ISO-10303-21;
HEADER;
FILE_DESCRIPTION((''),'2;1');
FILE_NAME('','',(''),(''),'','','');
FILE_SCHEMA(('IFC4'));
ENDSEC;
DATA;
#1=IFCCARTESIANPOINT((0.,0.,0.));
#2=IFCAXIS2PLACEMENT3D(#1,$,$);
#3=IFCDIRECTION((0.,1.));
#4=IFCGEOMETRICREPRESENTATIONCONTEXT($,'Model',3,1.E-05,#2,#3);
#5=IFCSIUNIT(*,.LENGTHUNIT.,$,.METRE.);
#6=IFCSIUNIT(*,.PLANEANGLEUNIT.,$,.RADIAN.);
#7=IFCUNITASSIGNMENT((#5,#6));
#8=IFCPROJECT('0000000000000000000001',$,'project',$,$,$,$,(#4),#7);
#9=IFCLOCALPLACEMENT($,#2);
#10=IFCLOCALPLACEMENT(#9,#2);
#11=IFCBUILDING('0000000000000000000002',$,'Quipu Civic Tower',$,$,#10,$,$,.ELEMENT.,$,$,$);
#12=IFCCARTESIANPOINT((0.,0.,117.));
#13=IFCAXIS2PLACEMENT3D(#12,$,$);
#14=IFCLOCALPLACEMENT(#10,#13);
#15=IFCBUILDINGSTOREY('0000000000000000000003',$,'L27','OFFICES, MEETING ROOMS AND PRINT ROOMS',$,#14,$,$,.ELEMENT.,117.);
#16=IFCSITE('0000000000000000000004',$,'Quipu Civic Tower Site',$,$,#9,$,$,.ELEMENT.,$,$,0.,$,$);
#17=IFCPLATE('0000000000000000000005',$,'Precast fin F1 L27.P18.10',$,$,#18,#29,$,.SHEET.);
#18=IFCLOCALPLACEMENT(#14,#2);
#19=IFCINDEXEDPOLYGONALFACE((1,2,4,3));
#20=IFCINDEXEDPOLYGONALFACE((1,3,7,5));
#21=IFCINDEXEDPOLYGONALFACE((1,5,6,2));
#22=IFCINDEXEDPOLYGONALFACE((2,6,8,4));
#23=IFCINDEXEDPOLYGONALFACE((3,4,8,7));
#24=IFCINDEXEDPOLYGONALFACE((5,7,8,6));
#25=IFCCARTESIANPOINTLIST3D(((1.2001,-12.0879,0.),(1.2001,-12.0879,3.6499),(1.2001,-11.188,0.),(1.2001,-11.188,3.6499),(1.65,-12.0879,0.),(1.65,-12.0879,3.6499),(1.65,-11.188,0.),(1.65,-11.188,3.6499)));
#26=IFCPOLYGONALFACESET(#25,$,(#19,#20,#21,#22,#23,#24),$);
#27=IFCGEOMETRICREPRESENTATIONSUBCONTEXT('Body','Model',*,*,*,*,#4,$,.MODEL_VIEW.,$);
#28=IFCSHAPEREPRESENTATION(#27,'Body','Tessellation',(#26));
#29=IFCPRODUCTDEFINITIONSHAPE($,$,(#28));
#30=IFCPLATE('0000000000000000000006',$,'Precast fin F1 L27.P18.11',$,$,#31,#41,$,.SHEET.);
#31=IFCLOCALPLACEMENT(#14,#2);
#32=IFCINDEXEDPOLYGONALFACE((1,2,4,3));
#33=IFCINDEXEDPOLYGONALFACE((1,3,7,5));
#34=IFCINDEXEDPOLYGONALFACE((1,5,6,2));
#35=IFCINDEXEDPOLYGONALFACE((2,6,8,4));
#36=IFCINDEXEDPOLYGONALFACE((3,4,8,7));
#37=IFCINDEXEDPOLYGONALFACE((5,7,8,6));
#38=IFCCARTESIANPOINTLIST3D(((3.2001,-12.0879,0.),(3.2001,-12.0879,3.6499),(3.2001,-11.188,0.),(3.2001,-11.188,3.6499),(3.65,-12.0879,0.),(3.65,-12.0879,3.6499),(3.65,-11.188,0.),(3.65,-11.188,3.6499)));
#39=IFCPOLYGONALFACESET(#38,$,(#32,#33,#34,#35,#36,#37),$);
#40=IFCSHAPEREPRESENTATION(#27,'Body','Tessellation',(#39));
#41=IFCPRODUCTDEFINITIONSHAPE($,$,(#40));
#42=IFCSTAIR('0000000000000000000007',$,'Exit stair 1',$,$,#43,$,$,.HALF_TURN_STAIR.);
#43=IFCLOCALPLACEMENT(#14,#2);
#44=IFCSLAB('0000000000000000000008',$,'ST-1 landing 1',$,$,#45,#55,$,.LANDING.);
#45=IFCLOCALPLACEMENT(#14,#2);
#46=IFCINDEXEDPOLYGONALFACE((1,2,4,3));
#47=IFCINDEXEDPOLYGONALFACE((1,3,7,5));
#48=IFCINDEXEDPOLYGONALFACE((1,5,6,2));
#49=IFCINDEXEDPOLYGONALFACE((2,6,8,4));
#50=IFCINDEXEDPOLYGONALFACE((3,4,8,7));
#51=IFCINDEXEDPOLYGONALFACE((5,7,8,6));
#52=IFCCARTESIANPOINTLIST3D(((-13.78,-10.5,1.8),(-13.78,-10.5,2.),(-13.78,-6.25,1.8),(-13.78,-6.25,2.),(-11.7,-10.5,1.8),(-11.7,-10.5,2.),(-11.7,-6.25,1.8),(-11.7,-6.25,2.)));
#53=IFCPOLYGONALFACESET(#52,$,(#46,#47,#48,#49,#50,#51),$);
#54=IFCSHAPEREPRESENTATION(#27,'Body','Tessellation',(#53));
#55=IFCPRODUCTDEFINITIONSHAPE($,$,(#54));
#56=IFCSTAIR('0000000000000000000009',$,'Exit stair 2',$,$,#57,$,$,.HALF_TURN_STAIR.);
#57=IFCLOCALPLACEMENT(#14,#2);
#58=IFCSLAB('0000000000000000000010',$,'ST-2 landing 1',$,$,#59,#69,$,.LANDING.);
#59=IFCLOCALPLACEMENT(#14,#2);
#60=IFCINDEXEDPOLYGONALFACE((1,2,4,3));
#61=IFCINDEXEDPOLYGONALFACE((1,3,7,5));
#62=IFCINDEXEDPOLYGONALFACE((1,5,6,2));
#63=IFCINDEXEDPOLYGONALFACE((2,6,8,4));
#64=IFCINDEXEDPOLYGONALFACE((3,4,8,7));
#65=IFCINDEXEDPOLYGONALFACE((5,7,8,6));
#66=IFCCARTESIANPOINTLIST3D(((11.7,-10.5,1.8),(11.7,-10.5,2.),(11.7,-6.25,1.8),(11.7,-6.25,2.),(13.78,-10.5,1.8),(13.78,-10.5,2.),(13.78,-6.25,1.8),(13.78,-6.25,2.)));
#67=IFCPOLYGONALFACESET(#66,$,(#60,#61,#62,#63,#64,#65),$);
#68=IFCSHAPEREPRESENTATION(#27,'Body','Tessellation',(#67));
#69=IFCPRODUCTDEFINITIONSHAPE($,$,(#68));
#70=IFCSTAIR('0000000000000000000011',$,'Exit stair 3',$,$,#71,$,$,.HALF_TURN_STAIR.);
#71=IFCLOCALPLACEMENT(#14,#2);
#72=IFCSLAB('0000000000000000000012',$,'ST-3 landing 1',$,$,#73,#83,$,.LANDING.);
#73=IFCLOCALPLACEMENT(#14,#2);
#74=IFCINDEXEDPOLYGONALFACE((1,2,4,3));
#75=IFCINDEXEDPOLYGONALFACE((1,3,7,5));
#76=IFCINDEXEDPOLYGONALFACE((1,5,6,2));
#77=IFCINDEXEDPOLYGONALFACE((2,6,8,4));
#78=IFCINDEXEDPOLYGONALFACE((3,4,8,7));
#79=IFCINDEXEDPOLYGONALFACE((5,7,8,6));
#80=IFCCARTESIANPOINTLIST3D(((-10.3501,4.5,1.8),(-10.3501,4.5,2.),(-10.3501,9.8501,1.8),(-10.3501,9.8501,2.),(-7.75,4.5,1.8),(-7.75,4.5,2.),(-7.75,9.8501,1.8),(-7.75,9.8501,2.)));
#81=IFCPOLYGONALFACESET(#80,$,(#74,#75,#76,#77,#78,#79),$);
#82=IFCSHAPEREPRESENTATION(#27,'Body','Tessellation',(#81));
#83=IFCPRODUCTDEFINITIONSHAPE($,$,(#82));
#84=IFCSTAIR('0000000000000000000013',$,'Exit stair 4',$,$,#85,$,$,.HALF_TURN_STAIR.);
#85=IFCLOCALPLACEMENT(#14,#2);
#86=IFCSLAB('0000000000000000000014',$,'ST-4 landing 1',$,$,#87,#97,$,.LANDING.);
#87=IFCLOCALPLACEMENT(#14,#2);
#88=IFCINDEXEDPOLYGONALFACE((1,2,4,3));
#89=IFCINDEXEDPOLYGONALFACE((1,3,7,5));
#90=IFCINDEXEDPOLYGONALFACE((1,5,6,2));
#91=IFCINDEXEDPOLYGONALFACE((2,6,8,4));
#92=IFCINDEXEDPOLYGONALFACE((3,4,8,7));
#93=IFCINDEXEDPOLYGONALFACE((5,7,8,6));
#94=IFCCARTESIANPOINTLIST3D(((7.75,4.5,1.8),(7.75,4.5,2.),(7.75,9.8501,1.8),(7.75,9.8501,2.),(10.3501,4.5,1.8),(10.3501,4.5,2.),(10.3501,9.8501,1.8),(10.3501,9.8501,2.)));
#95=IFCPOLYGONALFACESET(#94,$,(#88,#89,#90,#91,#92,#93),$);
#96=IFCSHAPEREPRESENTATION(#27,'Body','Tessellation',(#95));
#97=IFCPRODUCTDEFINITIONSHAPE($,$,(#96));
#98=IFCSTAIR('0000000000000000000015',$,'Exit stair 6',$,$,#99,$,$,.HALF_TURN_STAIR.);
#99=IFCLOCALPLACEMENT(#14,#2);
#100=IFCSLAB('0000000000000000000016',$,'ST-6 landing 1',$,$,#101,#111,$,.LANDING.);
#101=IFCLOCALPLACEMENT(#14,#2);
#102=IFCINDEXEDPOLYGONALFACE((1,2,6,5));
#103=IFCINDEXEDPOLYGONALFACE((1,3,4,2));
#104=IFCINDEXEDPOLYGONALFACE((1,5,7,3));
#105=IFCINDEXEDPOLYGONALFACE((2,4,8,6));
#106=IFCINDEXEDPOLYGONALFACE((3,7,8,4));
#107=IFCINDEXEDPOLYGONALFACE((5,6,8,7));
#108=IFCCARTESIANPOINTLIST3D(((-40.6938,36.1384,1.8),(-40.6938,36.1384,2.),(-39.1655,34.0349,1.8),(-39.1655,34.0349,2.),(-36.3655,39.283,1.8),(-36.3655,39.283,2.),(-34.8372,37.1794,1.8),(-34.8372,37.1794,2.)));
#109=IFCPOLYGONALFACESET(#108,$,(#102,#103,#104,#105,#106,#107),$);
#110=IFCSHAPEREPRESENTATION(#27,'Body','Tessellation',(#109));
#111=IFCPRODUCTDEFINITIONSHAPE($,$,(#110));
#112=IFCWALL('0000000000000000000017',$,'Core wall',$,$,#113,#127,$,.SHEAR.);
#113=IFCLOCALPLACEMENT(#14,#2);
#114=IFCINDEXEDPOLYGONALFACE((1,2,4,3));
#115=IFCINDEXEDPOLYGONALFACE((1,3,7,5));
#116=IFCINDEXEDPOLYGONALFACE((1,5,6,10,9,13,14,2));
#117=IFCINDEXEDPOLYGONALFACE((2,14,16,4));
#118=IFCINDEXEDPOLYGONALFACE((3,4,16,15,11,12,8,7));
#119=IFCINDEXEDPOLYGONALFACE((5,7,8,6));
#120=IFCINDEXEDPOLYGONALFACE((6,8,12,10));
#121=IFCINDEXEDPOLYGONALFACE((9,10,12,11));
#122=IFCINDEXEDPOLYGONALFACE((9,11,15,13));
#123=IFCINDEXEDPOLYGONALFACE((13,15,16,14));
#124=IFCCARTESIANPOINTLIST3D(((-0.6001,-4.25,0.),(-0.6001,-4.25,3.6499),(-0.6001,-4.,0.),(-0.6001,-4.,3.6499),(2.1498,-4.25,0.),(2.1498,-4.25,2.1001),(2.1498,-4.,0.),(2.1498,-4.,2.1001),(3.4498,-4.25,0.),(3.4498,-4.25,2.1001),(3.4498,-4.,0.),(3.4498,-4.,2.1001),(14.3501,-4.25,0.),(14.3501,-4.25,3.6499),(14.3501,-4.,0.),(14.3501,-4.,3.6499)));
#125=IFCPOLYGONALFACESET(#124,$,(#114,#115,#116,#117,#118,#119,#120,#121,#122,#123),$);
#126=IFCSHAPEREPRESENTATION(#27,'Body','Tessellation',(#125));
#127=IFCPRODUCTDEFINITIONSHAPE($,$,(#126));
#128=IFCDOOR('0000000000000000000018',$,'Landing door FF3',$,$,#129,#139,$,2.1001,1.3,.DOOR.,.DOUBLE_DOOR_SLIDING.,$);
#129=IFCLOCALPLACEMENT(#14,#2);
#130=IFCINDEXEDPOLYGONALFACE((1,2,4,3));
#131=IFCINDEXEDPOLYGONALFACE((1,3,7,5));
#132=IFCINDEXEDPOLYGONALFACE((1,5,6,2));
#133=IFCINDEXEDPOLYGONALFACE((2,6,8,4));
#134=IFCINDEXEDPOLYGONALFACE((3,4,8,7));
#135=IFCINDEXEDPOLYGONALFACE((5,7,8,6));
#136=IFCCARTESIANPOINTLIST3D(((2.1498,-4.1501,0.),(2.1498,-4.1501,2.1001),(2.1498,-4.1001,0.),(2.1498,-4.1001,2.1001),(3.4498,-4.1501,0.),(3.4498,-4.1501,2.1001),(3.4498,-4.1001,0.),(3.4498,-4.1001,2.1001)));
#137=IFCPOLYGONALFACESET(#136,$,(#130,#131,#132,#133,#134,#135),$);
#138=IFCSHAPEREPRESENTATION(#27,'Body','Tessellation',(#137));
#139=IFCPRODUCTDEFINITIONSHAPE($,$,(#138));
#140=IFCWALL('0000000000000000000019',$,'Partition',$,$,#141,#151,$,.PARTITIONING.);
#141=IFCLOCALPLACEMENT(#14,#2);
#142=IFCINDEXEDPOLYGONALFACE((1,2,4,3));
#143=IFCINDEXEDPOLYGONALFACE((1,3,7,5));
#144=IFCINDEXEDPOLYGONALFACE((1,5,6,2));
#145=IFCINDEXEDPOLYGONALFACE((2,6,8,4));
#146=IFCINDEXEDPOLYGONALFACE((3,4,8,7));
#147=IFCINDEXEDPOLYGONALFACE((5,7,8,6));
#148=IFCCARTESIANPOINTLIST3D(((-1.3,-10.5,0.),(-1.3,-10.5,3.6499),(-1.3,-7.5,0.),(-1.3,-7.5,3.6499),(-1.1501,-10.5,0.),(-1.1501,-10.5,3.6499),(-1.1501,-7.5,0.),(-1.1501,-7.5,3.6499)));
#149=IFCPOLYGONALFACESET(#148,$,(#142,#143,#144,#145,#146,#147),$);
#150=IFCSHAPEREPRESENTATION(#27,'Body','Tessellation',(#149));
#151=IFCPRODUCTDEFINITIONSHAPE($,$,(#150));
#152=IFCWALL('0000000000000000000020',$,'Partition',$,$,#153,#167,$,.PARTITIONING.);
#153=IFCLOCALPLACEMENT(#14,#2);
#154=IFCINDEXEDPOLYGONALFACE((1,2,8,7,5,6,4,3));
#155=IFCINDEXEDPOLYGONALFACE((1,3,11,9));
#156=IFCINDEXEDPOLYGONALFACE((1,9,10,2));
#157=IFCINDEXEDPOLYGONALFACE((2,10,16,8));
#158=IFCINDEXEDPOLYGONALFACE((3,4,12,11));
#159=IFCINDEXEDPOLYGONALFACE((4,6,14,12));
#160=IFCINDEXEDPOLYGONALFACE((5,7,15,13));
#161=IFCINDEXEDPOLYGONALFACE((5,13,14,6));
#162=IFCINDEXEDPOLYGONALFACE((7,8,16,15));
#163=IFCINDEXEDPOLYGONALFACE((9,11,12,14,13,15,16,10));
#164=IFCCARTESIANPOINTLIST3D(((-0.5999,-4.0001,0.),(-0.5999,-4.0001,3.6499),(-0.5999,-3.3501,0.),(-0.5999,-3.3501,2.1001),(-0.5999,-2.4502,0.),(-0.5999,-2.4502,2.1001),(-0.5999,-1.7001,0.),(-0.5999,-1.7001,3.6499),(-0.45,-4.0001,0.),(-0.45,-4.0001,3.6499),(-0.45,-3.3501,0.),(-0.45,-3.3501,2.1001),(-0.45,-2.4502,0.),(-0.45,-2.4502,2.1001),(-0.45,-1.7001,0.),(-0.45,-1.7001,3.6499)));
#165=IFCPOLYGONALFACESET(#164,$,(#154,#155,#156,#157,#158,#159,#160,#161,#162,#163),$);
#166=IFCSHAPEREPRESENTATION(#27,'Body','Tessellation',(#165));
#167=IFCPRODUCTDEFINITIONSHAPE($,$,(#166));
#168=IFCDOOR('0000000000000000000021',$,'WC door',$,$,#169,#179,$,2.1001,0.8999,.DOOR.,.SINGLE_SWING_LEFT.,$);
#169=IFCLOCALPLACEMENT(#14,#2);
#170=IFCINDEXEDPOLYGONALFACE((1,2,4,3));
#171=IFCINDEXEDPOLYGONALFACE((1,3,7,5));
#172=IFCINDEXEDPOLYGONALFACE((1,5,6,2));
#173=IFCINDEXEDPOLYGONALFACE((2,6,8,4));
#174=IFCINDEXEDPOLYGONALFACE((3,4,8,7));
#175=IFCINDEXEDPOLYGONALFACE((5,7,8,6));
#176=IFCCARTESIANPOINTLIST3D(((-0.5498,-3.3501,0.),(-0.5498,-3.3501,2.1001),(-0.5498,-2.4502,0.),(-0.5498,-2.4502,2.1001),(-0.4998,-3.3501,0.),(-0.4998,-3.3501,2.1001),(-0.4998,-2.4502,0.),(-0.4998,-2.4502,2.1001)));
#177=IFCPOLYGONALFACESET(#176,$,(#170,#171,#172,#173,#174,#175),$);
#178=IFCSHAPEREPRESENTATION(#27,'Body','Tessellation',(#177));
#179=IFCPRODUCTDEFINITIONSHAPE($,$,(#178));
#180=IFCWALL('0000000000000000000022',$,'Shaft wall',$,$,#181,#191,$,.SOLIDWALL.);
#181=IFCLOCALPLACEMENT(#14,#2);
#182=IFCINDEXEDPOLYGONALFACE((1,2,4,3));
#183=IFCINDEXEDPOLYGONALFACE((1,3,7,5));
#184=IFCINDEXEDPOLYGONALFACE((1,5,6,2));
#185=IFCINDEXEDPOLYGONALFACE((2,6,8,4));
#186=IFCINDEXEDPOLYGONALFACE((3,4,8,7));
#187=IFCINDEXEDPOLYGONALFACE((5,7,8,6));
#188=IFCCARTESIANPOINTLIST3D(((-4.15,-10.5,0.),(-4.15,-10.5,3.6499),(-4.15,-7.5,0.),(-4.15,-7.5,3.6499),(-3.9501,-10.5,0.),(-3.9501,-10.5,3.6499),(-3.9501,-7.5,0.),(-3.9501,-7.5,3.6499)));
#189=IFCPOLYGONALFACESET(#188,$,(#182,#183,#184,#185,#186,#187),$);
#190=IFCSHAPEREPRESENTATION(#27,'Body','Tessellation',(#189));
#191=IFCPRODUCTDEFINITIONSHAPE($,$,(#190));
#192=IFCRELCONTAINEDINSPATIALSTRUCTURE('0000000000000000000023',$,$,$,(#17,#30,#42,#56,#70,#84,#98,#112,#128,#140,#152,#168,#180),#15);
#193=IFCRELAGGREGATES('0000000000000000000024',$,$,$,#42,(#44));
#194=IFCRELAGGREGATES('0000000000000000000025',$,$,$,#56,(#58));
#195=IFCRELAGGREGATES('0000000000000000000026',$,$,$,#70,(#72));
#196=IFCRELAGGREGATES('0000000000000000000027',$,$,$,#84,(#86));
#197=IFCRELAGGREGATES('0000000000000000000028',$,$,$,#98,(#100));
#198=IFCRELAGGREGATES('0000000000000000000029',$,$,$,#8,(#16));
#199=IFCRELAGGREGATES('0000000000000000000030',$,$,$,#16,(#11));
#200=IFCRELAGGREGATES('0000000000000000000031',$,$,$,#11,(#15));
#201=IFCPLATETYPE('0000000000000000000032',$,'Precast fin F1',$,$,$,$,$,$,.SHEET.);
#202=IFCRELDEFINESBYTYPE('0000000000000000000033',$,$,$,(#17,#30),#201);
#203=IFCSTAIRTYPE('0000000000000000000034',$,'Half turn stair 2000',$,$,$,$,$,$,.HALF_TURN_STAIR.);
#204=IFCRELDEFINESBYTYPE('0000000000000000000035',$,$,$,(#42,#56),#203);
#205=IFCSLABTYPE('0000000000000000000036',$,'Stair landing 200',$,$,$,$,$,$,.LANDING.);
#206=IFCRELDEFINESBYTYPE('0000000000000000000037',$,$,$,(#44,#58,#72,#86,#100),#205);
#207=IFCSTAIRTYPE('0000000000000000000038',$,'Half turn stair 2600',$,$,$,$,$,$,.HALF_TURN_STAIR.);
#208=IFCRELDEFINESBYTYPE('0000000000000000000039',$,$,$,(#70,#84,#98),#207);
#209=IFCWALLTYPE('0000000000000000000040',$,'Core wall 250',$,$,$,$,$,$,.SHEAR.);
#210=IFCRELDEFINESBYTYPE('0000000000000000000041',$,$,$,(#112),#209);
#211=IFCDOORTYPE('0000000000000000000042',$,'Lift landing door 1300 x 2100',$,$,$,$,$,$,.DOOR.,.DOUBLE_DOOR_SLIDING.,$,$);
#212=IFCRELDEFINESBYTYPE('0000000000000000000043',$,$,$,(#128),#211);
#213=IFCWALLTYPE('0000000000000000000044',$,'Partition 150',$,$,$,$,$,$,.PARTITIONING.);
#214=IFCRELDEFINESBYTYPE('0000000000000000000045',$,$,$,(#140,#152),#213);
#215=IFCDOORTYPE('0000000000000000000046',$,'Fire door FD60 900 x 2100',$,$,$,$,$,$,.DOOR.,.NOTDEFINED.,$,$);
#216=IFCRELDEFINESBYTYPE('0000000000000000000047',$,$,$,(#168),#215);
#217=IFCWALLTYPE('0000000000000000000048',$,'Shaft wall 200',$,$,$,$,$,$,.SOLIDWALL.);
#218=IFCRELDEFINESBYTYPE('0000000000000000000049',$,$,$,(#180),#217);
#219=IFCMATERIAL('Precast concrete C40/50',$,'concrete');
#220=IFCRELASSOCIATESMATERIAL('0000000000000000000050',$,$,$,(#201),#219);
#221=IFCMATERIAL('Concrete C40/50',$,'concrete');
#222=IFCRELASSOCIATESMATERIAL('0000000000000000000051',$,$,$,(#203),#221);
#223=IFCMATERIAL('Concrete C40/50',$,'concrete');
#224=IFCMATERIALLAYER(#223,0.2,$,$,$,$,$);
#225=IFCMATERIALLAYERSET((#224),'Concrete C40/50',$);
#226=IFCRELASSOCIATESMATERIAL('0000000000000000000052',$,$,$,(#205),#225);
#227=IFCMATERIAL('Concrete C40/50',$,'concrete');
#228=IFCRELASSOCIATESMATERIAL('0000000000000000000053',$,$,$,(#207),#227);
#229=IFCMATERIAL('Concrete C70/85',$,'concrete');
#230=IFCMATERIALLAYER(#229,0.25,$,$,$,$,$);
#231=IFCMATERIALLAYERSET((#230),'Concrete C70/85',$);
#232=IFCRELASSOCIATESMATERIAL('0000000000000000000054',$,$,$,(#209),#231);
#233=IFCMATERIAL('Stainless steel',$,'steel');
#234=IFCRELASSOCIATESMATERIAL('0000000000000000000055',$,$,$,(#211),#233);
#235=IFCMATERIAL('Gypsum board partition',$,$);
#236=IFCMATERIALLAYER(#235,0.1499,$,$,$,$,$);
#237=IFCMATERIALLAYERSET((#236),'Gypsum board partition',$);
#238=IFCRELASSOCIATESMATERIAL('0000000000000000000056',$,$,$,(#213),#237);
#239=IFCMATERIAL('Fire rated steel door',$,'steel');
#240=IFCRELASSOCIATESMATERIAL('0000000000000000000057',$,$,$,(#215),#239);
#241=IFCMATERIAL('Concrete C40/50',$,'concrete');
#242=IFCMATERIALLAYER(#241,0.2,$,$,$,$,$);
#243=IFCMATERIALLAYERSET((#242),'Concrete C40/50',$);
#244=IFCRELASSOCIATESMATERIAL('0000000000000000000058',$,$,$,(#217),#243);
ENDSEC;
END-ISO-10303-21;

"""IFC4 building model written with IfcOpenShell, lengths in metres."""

from ifc_helpers import new_model, si_unit, direction, frame, frame_2d, origin, origin_2d, place, context, subcontext, project, spatial, polyline, rectangle, outline, extrude, material, layer, layer_set, type_object, element, fill, aggregate, save


model = new_model("IFC4")

# Units and contexts
model_context = context("Model", 3, precision=1e-05, world=origin(), true_north=direction((0.0, 1.0)))
body_context = subcontext(model_context, "Body", "Model", "MODEL_VIEW")
ifc_project = project(units=[si_unit("LENGTHUNIT", "METRE"), si_unit("PLANEANGLEUNIT", "RADIAN")], contexts=[model_context])

# Site, building, storey
site_placement = place(None, origin())
site = spatial("IfcSite", under=ifc_project, at=site_placement, Name="Quipu Civic Tower Site", CompositionType="ELEMENT", RefElevation=0.0)
building_placement = place(site_placement, origin())
building = spatial("IfcBuilding", under=site, at=building_placement, Name="Quipu Civic Tower", CompositionType="ELEMENT")
storey_placement = place(building_placement, frame((0.0, 0.0, 117.0)))
storey = spatial("IfcBuildingStorey", under=building, at=storey_placement, Name="L27", Description="OFFICES, MEETING ROOMS AND PRINT ROOMS", CompositionType="ELEMENT", Elevation=117.0)

# Plates
ifc_material_1 = material(Name="Precast concrete C40/50", Category="concrete")
plate_type = type_object("IfcPlateType", Name="Precast fin F1", PredefinedType="SHEET", material=ifc_material_1)
for number, where, z_axis, x_axis, name in (
    (1, (1.425, -11.6379, 0.0), (0.0, 0.0, 1.0), (1.0, 0.0, 0.0), "Precast fin F1 L27.P18.10"),
    (2, (3.425, -11.6379, 0.0), (0.0, 0.0, 1.0), (1.0, 0.0, 0.0), "Precast fin F1 L27.P18.11"),
):
    element("IfcPlate", number, at=place(storey_placement, frame(where, z_axis=z_axis, x_axis=x_axis)), inside=storey, type_object=plate_type, Name=name, PredefinedType="SHEET", context=body_context, shape_type="SweptSolid", body=[
        extrude(rectangle(XDim=0.45, YDim=0.8999, at=origin_2d()), origin(), (0.0, 0.0, 1.0), 3.6499),
    ])

# Stairs, slabs
ifc_material_2 = material(Name="Concrete C40/50", Category="concrete")
stair_type_1 = type_object("IfcStairType", Name="Half turn stair 2000", PredefinedType="HALF_TURN_STAIR", material=ifc_material_2)
stair_1_placement = place(storey_placement, origin())
stair_1 = element("IfcStair", 3, at=stair_1_placement, inside=storey, type_object=stair_type_1, Name="Exit stair 1", PredefinedType="HALF_TURN_STAIR")
ifc_material_3 = material(Name="Concrete C40/50", Category="concrete")
ifc_layer_1 = layer(ifc_material_3, 0.2)
ifc_layer_set_1 = layer_set([ifc_layer_1], Name="Concrete C40/50")
slab_type_1 = type_object("IfcSlabType", Name="Stair landing 200", PredefinedType="LANDING", material=ifc_layer_set_1)
slab_1_placement = place(storey_placement, frame((0.0, 0.0, 1.8)))
slab_1 = element("IfcSlab", 4, at=slab_1_placement, type_object=slab_type_1, Name="ST-1 landing 1", PredefinedType="LANDING", context=body_context, shape_type="SweptSolid", body=[
    extrude(outline(polyline([(-13.78, -10.5), (-11.7, -10.5), (-11.7, -6.25), (-13.78, -6.25), (-13.78, -10.5)])), origin(), (0.0, 0.0, 1.0), 0.2),
])
aggregate(stair_1, [slab_1])
stair_2_placement = place(storey_placement, origin())
stair_2 = element("IfcStair", 5, at=stair_2_placement, inside=storey, type_object=stair_type_1, Name="Exit stair 2", PredefinedType="HALF_TURN_STAIR")
slab_2_placement = place(storey_placement, frame((0.0, 0.0, 1.8)))
slab_2 = element("IfcSlab", 6, at=slab_2_placement, type_object=slab_type_1, Name="ST-2 landing 1", PredefinedType="LANDING", context=body_context, shape_type="SweptSolid", body=[
    extrude(outline(polyline([(13.78, -6.25), (11.7, -6.25), (11.7, -10.5), (13.78, -10.5), (13.78, -6.25)])), origin(), (0.0, 0.0, 1.0), 0.2),
])
aggregate(stair_2, [slab_2])
ifc_material_4 = material(Name="Concrete C40/50", Category="concrete")
stair_type_2 = type_object("IfcStairType", Name="Half turn stair 2600", PredefinedType="HALF_TURN_STAIR", material=ifc_material_4)
stair_3_placement = place(storey_placement, origin())
stair_3 = element("IfcStair", 7, at=stair_3_placement, inside=storey, type_object=stair_type_2, Name="Exit stair 3", PredefinedType="HALF_TURN_STAIR")
slab_3_placement = place(storey_placement, frame((0.0, 0.0, 1.8)))
slab_3 = element("IfcSlab", 8, at=slab_3_placement, type_object=slab_type_1, Name="ST-3 landing 1", PredefinedType="LANDING", context=body_context, shape_type="SweptSolid", body=[
    extrude(outline(polyline([(-10.3501, 4.5), (-7.75, 4.5), (-7.75, 9.8501), (-10.3501, 9.8501), (-10.3501, 4.5)])), origin(), (0.0, 0.0, 1.0), 0.2),
])
aggregate(stair_3, [slab_3])
stair_4_placement = place(storey_placement, origin())
stair_4 = element("IfcStair", 9, at=stair_4_placement, inside=storey, type_object=stair_type_2, Name="Exit stair 4", PredefinedType="HALF_TURN_STAIR")
slab_4_placement = place(storey_placement, frame((0.0, 0.0, 1.8)))
slab_4 = element("IfcSlab", 10, at=slab_4_placement, type_object=slab_type_1, Name="ST-4 landing 1", PredefinedType="LANDING", context=body_context, shape_type="SweptSolid", body=[
    extrude(outline(polyline([(10.3501, 9.8501), (7.75, 9.8501), (7.75, 4.5), (10.3501, 4.5), (10.3501, 9.8501)])), origin(), (0.0, 0.0, 1.0), 0.2),
])
aggregate(stair_4, [slab_4])
stair_5_placement = place(storey_placement, origin())
stair_5 = element("IfcStair", 11, at=stair_5_placement, inside=storey, type_object=stair_type_2, Name="Exit stair 6", PredefinedType="HALF_TURN_STAIR")
slab_5_placement = place(storey_placement, frame((0.0, 0.0, 1.8)))
slab_5 = element("IfcSlab", 12, at=slab_5_placement, type_object=slab_type_1, Name="ST-6 landing 1", PredefinedType="LANDING", context=body_context, shape_type="SweptSolid", body=[
    extrude(outline(polyline([(-34.8372, 37.1794), (-36.3655, 39.283), (-40.6938, 36.1384), (-39.1655, 34.0349), (-34.8372, 37.1794)])), origin(), (0.0, 0.0, 1.0), 0.2),
])
aggregate(stair_5, [slab_5])

# Wall, opening, door
ifc_material_5 = material(Name="Concrete C70/85", Category="concrete")
ifc_layer_2 = layer(ifc_material_5, 0.25)
ifc_layer_set_2 = layer_set([ifc_layer_2], Name="Concrete C70/85")
wall_type_1 = type_object("IfcWallType", Name="Core wall 250", PredefinedType="SHEAR", material=ifc_layer_set_2)
wall_1_placement = place(storey_placement, frame((-0.6001, -4.125, 0.0), z_axis=(0.0, 0.0, 1.0), x_axis=(1.0, 0.0, 0.0)))
wall_1 = element("IfcWall", 13, at=wall_1_placement, inside=storey, type_object=wall_type_1, Name="Core wall", PredefinedType="SHEAR", context=body_context, shape_type="SweptSolid", body=[
    extrude(rectangle(XDim=14.9502, YDim=0.25, at=frame_2d((7.4751, 0.0))), origin(), (0.0, 0.0, 1.0), 3.6499),
])
opening_1_placement = place(wall_1_placement, frame((2.75, 0.0, 0.0)))
opening_1 = element("IfcOpeningElement", 14, at=opening_1_placement, cuts=wall_1, PredefinedType="OPENING", context=body_context, shape_type="SweptSolid", body=[
    extrude(rectangle(XDim=1.3, YDim=2.1001, at=frame_2d((0.6499, 1.05))), frame((0.0, 0.135, 0.0), z_axis=(0.0, -1.0, 0.0), x_axis=(1.0, 0.0, 0.0)), (0.0, 0.0, 1.0), 0.27),
])
ifc_material_6 = material(Name="Stainless steel", Category="steel")
door_type_1 = type_object("IfcDoorType", Name="Lift landing door 1300 x 2100", OperationType="DOUBLE_DOOR_SLIDING", PredefinedType="DOOR", material=ifc_material_6)
door_1_placement = place(opening_1_placement, origin())
door_1 = element("IfcDoor", 15, at=door_1_placement, inside=storey, type_object=door_type_1, Name="Landing door FF3", OperationType="DOUBLE_DOOR_SLIDING", OverallHeight=2.1001, OverallWidth=1.3, PredefinedType="DOOR", context=body_context, shape_type="SweptSolid", body=[
    extrude(rectangle(XDim=1.3, YDim=2.1001, at=frame_2d((0.6499, 1.05))), frame((0.0, 0.0249, 0.0), z_axis=(0.0, -1.0, 0.0), x_axis=(1.0, 0.0, 0.0)), (0.0, 0.0, 1.0), 0.05),
])
fill(opening_1, door_1)

# Wall
ifc_material_7 = material(Name="Gypsum board partition")
ifc_layer_3 = layer(ifc_material_7, 0.1499)
ifc_layer_set_3 = layer_set([ifc_layer_3], Name="Gypsum board partition")
wall_type_2 = type_object("IfcWallType", Name="Partition 150", PredefinedType="PARTITIONING", material=ifc_layer_set_3)
wall_2_placement = place(storey_placement, frame((-1.2251, -10.5, 0.0), z_axis=(0.0, 0.0, 1.0), x_axis=(0.0, 1.0, 0.0)))
element("IfcWall", 16, at=wall_2_placement, inside=storey, type_object=wall_type_2, Name="Partition", PredefinedType="PARTITIONING", context=body_context, shape_type="SweptSolid", body=[
    extrude(rectangle(XDim=3.0, YDim=0.1499, at=frame_2d((1.5, 0.0))), origin(), (0.0, 0.0, 1.0), 3.6499),
])

# Wall, opening, door
wall_3_placement = place(storey_placement, frame((-0.5249, -4.0, 0.0), z_axis=(0.0, 0.0, 1.0), x_axis=(0.0, 1.0, 0.0)))
wall_3 = element("IfcWall", 17, at=wall_3_placement, inside=storey, type_object=wall_type_2, Name="Partition", PredefinedType="PARTITIONING", context=body_context, shape_type="SweptSolid", body=[
    extrude(rectangle(XDim=2.3, YDim=0.1499, at=frame_2d((1.1499, 0.0))), origin(), (0.0, 0.0, 1.0), 3.6499),
])
opening_2_placement = place(wall_3_placement, frame((0.6499, 0.0, 0.0)))
opening_2 = element("IfcOpeningElement", 18, at=opening_2_placement, cuts=wall_3, PredefinedType="OPENING", context=body_context, shape_type="SweptSolid", body=[
    extrude(rectangle(XDim=0.8999, YDim=2.1001, at=frame_2d((0.45, 1.05))), frame((0.0, 0.085, 0.0), z_axis=(0.0, -1.0, 0.0), x_axis=(1.0, 0.0, 0.0)), (0.0, 0.0, 1.0), 0.1699),
])
ifc_material_8 = material(Name="Fire rated steel door", Category="steel")
door_type_2 = type_object("IfcDoorType", Name="Fire door FD60 900 x 2100", OperationType="NOTDEFINED", PredefinedType="DOOR", material=ifc_material_8)
door_2_placement = place(opening_2_placement, origin())
door_2 = element("IfcDoor", 19, at=door_2_placement, inside=storey, type_object=door_type_2, Name="WC door", OperationType="SINGLE_SWING_LEFT", OverallHeight=2.1001, OverallWidth=0.8999, PredefinedType="DOOR", context=body_context, shape_type="SweptSolid", body=[
    extrude(rectangle(XDim=0.8999, YDim=2.1001, at=frame_2d((0.45, 1.05))), frame((0.0, 0.0249, 0.0), z_axis=(0.0, -1.0, 0.0), x_axis=(1.0, 0.0, 0.0)), (0.0, 0.0, 1.0), 0.05),
])
fill(opening_2, door_2)

# Wall
ifc_material_9 = material(Name="Concrete C40/50", Category="concrete")
ifc_layer_4 = layer(ifc_material_9, 0.2)
ifc_layer_set_4 = layer_set([ifc_layer_4], Name="Concrete C40/50")
wall_type_3 = type_object("IfcWallType", Name="Shaft wall 200", PredefinedType="SOLIDWALL", material=ifc_layer_set_4)
for number, where, z_axis, x_axis, name in (
    (20, (-4.05, -10.5, 0.0), (0.0, 0.0, 1.0), (0.0, 1.0, 0.0), "Shaft wall"),
):
    element("IfcWall", number, at=place(storey_placement, frame(where, z_axis=z_axis, x_axis=x_axis)), inside=storey, type_object=wall_type_3, Name=name, PredefinedType="SOLIDWALL", context=body_context, shape_type="SweptSolid", body=[
        extrude(rectangle(XDim=3.0, YDim=0.2, at=frame_2d((1.5, 0.0))), origin(), (0.0, 0.0, 1.0), 3.6499),
    ])

save(model, "model.ifc")
